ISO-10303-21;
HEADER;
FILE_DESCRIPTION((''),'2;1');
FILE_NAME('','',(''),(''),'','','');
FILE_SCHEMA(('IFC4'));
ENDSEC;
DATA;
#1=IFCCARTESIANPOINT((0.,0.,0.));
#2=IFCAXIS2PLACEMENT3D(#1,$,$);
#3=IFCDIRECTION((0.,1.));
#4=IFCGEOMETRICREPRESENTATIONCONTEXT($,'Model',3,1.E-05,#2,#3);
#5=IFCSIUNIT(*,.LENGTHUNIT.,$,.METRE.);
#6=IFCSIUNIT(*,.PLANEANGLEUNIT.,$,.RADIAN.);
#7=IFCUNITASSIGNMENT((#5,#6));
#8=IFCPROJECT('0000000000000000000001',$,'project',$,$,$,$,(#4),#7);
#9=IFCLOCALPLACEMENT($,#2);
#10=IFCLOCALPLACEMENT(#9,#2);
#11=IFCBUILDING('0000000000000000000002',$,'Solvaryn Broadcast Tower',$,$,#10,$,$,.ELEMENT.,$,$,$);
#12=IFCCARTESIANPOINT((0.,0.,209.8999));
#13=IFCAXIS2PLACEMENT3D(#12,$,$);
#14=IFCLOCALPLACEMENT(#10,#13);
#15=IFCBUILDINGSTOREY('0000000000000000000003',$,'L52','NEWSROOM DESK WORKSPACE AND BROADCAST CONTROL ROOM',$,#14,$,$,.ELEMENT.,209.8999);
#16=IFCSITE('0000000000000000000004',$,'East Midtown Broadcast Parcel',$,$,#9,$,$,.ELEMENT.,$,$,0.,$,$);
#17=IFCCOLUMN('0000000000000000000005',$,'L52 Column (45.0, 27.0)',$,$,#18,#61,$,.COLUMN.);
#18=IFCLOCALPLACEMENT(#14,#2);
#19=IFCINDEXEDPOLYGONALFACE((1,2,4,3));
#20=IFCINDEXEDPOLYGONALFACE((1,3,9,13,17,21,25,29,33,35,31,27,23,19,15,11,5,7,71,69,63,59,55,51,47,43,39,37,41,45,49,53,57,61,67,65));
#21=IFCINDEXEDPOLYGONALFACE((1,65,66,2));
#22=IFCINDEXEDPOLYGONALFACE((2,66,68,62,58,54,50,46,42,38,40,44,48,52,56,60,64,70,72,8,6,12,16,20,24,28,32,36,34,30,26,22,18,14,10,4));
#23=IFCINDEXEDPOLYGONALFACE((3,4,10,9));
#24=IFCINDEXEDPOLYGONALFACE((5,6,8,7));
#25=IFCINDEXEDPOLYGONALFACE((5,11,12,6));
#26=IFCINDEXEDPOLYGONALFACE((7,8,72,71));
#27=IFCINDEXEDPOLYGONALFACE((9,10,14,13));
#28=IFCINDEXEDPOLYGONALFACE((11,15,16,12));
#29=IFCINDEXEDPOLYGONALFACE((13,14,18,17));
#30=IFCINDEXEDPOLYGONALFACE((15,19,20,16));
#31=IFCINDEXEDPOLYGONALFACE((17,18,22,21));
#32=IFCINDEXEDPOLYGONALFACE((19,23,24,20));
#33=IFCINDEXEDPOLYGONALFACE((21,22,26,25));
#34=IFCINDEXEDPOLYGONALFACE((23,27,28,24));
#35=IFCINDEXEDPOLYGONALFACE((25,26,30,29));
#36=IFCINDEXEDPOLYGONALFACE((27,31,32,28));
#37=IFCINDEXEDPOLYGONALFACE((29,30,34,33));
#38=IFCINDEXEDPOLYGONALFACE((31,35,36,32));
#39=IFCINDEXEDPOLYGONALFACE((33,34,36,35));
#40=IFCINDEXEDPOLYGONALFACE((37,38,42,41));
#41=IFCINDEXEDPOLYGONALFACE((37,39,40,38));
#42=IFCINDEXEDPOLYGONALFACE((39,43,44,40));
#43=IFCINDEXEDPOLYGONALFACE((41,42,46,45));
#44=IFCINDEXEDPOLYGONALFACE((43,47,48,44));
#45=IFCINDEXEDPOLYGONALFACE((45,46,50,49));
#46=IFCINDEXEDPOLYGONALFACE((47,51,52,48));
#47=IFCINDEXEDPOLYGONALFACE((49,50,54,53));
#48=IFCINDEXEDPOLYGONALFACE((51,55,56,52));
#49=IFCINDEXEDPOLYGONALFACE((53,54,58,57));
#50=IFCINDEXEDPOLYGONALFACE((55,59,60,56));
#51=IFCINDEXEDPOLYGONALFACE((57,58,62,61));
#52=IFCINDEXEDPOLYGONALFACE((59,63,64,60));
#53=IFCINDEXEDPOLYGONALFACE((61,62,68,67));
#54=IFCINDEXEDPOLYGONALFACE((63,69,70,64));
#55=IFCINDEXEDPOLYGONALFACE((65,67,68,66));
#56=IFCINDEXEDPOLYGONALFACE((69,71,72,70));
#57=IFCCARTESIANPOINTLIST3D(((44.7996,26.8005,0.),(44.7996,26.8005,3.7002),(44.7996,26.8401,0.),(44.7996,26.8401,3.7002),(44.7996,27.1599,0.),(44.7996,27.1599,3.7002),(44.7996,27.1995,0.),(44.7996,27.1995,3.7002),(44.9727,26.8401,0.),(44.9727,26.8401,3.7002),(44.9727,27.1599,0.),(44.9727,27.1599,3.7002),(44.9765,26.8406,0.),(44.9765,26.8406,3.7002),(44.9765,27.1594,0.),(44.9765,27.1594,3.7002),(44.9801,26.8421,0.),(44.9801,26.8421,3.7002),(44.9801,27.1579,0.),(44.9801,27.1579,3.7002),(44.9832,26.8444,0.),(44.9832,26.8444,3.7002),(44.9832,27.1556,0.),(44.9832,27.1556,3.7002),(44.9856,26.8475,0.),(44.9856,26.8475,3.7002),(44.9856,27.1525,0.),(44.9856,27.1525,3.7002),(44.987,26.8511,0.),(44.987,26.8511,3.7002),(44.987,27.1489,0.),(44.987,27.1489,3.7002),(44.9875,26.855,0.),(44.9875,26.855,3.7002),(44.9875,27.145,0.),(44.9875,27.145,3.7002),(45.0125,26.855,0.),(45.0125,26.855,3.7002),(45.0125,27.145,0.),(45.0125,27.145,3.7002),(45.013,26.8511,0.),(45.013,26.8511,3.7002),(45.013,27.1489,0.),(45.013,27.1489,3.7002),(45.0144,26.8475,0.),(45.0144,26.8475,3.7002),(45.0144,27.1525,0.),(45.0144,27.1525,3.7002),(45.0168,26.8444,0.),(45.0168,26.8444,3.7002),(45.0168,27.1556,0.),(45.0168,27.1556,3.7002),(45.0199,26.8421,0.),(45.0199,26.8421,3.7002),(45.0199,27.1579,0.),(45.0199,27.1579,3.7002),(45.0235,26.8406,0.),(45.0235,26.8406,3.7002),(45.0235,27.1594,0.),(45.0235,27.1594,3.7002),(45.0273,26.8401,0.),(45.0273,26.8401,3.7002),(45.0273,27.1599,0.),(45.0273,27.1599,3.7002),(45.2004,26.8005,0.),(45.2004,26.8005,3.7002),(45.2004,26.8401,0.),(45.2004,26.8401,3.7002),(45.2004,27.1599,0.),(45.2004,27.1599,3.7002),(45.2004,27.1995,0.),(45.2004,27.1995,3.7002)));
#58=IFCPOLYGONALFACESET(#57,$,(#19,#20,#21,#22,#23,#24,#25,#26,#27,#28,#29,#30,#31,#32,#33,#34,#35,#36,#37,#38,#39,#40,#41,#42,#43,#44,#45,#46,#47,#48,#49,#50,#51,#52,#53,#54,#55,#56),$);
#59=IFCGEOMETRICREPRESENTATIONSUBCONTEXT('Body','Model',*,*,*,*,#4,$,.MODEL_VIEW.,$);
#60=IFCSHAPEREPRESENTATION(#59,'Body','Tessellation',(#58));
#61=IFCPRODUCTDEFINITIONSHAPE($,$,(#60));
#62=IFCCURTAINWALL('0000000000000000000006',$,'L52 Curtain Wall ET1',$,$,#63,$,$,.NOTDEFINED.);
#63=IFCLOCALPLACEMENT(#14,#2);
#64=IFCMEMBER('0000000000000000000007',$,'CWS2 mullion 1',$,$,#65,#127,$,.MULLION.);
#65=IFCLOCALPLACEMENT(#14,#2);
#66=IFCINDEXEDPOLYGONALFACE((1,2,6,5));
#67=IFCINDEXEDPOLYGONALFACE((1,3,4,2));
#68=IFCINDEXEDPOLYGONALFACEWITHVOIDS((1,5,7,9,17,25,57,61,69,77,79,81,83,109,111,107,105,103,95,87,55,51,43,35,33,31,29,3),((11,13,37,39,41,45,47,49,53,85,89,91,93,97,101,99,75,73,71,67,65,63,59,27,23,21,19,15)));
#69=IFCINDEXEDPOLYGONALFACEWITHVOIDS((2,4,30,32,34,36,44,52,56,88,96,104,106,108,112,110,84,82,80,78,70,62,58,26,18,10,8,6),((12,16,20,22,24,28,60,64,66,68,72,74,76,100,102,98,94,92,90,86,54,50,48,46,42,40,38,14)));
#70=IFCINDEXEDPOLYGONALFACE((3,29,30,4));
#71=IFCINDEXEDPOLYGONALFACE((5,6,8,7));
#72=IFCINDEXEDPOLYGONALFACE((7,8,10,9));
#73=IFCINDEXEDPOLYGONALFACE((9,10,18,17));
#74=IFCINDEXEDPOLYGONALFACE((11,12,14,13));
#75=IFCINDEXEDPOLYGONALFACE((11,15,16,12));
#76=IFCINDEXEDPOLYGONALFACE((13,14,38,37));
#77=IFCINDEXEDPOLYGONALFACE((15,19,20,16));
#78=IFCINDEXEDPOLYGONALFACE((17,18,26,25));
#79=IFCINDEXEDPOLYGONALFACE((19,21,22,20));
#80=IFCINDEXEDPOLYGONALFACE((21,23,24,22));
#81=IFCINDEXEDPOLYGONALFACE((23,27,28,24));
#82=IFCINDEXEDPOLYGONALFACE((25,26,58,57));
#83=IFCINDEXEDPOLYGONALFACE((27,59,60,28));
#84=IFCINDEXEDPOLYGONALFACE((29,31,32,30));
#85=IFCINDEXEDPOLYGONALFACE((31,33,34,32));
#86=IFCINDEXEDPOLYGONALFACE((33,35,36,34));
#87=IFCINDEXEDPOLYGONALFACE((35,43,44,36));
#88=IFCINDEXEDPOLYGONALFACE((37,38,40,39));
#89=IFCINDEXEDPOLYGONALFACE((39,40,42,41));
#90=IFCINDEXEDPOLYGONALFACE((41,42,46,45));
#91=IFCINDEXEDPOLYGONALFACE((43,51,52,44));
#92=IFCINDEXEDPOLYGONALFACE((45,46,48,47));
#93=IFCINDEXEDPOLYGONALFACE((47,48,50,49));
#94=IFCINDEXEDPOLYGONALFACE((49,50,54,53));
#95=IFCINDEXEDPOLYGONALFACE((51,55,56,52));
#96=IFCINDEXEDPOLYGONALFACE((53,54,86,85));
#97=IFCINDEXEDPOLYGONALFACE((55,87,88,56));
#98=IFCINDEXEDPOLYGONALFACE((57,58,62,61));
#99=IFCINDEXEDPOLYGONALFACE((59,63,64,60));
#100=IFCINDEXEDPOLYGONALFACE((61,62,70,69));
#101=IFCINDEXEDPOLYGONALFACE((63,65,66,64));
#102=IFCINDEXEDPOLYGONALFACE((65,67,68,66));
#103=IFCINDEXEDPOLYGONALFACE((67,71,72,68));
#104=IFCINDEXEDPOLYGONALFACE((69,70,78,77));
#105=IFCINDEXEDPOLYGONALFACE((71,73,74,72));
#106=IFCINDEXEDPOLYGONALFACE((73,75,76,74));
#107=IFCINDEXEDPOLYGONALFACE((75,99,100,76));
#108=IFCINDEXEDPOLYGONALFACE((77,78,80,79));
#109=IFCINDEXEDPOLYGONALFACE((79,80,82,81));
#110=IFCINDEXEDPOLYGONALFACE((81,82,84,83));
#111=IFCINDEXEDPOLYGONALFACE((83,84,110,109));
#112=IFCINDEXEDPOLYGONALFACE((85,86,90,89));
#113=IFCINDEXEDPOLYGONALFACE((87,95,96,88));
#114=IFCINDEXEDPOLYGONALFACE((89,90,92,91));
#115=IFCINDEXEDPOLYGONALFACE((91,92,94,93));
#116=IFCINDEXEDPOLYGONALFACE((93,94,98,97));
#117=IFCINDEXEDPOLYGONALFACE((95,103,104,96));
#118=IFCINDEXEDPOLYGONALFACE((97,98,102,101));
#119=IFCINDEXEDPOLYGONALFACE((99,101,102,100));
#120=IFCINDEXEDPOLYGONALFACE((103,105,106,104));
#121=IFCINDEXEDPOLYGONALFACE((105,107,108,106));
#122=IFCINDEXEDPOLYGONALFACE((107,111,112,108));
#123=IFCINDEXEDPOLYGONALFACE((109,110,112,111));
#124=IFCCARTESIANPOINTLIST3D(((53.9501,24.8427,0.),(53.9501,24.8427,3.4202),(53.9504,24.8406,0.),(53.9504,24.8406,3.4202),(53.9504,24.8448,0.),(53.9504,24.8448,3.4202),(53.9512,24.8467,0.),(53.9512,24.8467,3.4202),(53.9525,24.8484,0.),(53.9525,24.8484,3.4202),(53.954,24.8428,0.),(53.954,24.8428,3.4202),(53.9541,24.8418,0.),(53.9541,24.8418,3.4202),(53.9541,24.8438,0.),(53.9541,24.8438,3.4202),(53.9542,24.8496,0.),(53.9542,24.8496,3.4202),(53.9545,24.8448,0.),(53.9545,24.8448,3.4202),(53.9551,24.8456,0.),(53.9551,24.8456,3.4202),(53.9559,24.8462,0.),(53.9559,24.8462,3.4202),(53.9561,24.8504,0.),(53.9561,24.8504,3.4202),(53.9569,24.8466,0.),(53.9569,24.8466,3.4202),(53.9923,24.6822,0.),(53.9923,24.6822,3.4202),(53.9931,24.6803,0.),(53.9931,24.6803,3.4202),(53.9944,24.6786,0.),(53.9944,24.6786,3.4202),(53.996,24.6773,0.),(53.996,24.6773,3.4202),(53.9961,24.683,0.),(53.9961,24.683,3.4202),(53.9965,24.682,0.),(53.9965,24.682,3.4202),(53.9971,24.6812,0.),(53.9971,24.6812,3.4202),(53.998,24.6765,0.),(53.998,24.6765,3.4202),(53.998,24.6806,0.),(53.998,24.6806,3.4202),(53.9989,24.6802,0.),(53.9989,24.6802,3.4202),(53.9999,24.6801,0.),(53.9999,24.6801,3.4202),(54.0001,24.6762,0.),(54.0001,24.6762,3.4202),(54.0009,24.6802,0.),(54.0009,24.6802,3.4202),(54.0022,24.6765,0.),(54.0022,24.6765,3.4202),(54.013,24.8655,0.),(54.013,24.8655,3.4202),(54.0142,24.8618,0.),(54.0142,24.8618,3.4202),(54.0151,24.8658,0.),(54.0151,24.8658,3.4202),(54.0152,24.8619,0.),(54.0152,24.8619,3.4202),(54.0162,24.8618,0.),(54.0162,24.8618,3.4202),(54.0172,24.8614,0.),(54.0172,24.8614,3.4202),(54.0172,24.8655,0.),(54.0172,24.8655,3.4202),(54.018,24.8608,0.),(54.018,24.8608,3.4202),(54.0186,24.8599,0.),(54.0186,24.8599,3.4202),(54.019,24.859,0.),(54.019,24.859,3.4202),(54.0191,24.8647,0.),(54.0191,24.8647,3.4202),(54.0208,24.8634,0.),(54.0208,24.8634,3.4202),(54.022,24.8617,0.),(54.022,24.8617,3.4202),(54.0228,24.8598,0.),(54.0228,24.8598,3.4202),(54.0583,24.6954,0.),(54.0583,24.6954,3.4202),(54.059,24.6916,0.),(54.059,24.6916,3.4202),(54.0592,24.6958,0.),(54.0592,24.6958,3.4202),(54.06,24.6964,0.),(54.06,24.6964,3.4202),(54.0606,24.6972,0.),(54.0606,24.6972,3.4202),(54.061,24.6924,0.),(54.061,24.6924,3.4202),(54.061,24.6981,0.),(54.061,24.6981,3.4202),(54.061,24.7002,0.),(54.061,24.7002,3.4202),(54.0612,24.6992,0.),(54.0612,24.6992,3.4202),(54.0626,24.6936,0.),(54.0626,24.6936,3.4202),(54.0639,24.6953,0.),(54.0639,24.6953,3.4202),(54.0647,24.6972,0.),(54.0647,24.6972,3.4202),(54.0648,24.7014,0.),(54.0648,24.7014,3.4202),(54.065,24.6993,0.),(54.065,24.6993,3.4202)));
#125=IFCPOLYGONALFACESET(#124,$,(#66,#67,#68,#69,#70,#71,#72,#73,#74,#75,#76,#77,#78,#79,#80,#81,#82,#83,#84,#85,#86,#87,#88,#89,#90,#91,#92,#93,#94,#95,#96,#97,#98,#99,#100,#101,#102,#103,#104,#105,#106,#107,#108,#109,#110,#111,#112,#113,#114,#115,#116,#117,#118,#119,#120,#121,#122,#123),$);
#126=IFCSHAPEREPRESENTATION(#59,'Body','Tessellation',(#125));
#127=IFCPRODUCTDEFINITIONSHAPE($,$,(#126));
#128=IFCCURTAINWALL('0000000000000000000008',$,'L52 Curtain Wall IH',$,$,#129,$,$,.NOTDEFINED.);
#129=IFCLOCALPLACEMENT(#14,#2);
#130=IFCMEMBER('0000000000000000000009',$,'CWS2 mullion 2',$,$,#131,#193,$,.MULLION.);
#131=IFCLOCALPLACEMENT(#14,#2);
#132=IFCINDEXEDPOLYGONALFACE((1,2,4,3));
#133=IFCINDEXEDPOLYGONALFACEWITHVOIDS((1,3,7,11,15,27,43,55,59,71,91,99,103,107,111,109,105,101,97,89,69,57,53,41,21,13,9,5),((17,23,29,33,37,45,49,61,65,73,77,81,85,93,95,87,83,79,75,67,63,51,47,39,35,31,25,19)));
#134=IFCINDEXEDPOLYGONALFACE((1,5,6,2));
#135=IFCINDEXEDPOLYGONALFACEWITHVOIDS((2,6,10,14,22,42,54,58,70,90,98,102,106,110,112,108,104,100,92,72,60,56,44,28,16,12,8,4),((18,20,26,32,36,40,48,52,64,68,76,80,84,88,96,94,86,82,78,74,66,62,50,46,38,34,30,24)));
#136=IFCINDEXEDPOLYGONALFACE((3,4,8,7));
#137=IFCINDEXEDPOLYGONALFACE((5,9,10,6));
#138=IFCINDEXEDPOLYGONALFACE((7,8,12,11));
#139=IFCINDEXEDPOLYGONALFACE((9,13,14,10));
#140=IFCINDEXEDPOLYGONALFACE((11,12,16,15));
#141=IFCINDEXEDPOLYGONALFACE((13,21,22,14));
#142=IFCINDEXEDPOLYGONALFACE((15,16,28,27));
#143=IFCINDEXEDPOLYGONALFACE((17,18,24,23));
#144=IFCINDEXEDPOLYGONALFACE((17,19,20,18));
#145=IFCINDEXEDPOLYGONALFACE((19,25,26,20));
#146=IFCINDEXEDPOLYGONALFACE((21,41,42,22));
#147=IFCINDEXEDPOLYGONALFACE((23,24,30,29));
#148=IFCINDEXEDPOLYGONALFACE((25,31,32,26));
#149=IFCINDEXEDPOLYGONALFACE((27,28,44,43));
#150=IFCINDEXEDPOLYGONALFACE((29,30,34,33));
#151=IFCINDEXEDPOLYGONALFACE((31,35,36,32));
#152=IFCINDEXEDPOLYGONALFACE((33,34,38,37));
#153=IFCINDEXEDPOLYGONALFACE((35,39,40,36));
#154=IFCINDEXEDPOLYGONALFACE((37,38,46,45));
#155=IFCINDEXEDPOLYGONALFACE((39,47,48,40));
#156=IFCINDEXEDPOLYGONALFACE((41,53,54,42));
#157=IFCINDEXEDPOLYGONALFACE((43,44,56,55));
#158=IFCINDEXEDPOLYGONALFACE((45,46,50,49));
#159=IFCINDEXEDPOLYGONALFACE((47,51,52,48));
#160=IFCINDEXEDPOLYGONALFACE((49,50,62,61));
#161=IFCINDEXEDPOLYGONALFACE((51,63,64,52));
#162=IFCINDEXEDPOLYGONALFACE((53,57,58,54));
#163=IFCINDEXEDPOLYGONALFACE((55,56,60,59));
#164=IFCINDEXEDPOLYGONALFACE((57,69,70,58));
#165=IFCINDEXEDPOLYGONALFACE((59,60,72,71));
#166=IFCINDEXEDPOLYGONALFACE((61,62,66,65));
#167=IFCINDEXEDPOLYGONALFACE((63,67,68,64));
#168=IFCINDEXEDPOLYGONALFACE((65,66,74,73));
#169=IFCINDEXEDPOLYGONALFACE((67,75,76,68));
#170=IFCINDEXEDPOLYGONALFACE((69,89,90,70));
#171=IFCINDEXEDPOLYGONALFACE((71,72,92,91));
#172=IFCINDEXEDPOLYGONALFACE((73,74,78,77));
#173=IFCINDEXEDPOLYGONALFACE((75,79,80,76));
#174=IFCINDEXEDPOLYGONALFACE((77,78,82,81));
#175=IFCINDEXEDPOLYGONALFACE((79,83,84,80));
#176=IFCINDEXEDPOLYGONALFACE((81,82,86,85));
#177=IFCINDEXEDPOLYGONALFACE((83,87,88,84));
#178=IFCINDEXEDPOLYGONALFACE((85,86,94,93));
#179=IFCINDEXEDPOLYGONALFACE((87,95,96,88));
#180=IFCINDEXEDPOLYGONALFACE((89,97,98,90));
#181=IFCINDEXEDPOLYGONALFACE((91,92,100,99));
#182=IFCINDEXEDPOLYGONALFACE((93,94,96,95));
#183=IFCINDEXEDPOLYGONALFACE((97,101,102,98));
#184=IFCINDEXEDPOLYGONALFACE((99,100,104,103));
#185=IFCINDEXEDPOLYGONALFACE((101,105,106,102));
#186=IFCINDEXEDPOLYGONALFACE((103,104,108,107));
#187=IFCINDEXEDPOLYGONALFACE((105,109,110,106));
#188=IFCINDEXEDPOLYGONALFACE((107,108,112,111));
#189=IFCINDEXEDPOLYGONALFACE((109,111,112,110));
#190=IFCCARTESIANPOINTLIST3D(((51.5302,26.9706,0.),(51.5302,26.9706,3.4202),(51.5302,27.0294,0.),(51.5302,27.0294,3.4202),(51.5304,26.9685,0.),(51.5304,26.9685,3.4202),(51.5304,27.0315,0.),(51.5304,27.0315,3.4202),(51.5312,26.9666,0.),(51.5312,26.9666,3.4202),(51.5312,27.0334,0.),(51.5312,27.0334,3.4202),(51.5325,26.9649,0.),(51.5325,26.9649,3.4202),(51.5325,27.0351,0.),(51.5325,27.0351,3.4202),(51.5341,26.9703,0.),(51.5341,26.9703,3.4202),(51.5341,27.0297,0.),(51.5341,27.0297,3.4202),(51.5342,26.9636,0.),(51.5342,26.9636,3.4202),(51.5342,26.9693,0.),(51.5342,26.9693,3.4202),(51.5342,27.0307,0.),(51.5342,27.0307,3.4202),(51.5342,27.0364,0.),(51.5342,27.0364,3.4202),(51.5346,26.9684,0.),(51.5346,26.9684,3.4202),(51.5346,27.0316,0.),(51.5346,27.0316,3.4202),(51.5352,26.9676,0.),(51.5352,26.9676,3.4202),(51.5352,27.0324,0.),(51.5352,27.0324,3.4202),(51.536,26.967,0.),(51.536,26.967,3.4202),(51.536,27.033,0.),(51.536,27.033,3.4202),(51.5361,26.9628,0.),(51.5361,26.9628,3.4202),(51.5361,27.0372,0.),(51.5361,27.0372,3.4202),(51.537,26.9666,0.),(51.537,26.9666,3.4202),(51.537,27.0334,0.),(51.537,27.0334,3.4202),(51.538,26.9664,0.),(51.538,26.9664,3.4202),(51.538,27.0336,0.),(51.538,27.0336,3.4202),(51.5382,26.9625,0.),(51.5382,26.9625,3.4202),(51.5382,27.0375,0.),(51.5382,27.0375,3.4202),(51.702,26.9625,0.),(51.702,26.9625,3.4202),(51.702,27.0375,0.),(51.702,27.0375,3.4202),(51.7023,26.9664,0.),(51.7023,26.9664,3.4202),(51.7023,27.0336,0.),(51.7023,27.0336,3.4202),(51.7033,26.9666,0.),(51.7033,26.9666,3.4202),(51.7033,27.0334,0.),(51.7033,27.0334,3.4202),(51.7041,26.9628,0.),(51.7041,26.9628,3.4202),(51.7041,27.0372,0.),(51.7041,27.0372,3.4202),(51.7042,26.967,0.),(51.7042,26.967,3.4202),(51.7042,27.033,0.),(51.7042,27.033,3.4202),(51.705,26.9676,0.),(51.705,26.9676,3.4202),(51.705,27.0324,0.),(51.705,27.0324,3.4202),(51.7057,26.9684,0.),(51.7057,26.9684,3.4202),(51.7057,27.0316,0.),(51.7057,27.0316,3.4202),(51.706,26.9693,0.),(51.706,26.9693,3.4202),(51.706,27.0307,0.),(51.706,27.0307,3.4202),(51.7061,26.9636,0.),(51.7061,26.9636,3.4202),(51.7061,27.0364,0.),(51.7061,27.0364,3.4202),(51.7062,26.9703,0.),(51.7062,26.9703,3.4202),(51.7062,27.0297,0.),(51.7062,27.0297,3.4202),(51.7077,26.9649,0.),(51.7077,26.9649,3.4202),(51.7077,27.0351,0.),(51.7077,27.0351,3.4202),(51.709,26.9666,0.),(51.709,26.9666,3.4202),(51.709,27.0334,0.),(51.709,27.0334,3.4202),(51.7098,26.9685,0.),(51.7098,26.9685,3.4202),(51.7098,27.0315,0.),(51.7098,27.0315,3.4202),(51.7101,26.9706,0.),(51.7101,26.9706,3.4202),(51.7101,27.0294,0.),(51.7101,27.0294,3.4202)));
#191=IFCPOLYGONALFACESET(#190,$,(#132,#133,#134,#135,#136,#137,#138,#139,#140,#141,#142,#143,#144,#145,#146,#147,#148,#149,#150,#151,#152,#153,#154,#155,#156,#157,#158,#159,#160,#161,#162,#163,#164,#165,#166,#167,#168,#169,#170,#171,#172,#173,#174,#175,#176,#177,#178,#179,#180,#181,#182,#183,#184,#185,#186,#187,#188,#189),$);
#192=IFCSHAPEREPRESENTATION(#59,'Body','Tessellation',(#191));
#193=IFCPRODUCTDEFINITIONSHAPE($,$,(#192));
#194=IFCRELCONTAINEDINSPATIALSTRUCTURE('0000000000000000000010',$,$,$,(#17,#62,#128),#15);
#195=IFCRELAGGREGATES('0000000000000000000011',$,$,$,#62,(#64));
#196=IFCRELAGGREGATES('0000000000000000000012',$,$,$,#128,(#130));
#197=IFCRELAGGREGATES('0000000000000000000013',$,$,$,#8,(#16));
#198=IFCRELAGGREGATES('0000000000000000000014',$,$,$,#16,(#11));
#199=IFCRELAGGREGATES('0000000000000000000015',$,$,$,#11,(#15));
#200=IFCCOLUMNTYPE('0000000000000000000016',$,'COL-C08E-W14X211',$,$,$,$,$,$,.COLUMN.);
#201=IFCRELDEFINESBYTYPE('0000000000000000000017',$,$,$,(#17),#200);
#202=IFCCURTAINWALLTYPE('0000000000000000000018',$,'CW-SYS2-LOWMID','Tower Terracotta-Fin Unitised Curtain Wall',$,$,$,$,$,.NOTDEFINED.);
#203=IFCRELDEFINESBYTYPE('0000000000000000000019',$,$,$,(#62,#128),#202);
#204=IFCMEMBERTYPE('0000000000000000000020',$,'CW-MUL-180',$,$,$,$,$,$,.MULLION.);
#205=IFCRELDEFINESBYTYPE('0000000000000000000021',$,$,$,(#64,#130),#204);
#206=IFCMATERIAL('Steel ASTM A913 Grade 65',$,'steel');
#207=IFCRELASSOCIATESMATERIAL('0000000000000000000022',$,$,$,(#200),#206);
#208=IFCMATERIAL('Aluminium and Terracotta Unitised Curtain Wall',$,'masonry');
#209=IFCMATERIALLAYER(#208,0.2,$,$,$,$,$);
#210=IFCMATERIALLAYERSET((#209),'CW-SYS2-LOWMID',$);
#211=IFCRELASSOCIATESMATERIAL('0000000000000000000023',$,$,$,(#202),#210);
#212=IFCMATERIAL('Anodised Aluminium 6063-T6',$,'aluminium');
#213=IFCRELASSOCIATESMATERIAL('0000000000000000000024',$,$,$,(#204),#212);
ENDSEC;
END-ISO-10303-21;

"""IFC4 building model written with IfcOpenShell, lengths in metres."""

from ifc_helpers import new_model, si_unit, direction, frame, origin, origin_2d, place, context, subcontext, project, spatial, hollow_rectangle, i_section, extrude, material, layer, layer_set, material_profile, profile_set, type_object, element, aggregate, save


model = new_model("IFC4")

# Units and contexts
model_context = context("Model", 3, precision=1e-05, world=origin(), true_north=direction((0.0, 1.0)))
body_context = subcontext(model_context, "Body", "Model", "MODEL_VIEW")
ifc_project = project(units=[si_unit("LENGTHUNIT", "METRE"), si_unit("PLANEANGLEUNIT", "RADIAN")], contexts=[model_context])

# Site, building, storey
site_placement = place(None, origin())
site = spatial("IfcSite", under=ifc_project, at=site_placement, Name="East Midtown Broadcast Parcel", CompositionType="ELEMENT", RefElevation=0.0)
building_placement = place(site_placement, origin())
building = spatial("IfcBuilding", under=site, at=building_placement, Name="Solvaryn Broadcast Tower", CompositionType="ELEMENT")
storey_placement = place(building_placement, frame((0.0, 0.0, 209.8999)))
storey = spatial("IfcBuildingStorey", under=building, at=storey_placement, Name="L52", Description="NEWSROOM DESK WORKSPACE AND BROADCAST CONTROL ROOM", CompositionType="ELEMENT", Elevation=209.8999)

# Column
ifc_material_1 = material(Name="Steel ASTM A913 Grade 65", Category="steel")
ifc_material_profile_1 = material_profile(ifc_material_1, i_section(OverallWidth=0.4009, OverallDepth=0.3989, WebThickness=0.0249, FlangeThickness=0.0396, FilletRadius=0.0149, at=origin_2d()))
ifc_profile_set_1 = profile_set([ifc_material_profile_1], Name="Steel ASTM A913 Grade 65")
column_type = type_object("IfcColumnType", Name="COL-C08E-W14X211", PredefinedType="COLUMN", material=ifc_profile_set_1)
column_placement = place(storey_placement, frame((45.0, 27.0, 0.0), z_axis=(0.0, 0.0, 1.0), x_axis=(1.0, 0.0, 0.0)))
element("IfcColumn", 1, at=column_placement, inside=storey, type_object=column_type, Name="L52 Column (45.0, 27.0)", PredefinedType="COLUMN", context=body_context, shape_type="SweptSolid", body=[
    extrude(i_section(OverallWidth=0.4009, OverallDepth=0.3989, WebThickness=0.0249, FlangeThickness=0.0396, FilletRadius=0.0149, at=origin_2d()), origin(), (0.0, 0.0, 1.0), 3.7002),
])

# Curtain walls, members
ifc_material_2 = material(Name="Aluminium and Terracotta Unitised Curtain Wall", Category="masonry")
ifc_layer_1 = layer(ifc_material_2, 0.2)
ifc_layer_set_1 = layer_set([ifc_layer_1], Name="CW-SYS2-LOWMID")
curtain_wall_type = type_object("IfcCurtainWallType", Name="CW-SYS2-LOWMID", Description="Tower Terracotta-Fin Unitised Curtain Wall", PredefinedType="NOTDEFINED", material=ifc_layer_set_1)
curtain_wall_1_placement = place(storey_placement, origin())
curtain_wall_1 = element("IfcCurtainWall", 2, at=curtain_wall_1_placement, inside=storey, type_object=curtain_wall_type, Name="L52 Curtain Wall ET1", PredefinedType="NOTDEFINED")
ifc_material_3 = material(Name="Anodised Aluminium 6063-T6", Category="aluminium")
ifc_material_profile_2 = material_profile(ifc_material_3, hollow_rectangle(XDim=0.075, YDim=0.1799, WallThickness=0.0039, InnerFilletRadius=0.0039, OuterFilletRadius=0.0081, at=origin_2d()))
ifc_profile_set_2 = profile_set([ifc_material_profile_2], Name="Anodised Aluminium 6063-T6")
member_type_1 = type_object("IfcMemberType", Name="CW-MUL-180", PredefinedType="MULLION", material=ifc_profile_set_2)
member_1_placement = place(storey_placement, frame((54.0076, 24.771, 0.0), z_axis=(0.0, 0.0, 1.0), x_axis=(0.966705, 0.255893, 0.0)))
member_1 = element("IfcMember", 3, at=member_1_placement, type_object=member_type_1, Name="CWS2 mullion 1", PredefinedType="MULLION", context=body_context, shape_type="SweptSolid", body=[
    extrude(hollow_rectangle(XDim=0.075, YDim=0.1799, WallThickness=0.0039, InnerFilletRadius=0.0039, OuterFilletRadius=0.0081, at=origin_2d()), origin(), (0.0, 0.0, 1.0), 3.4202),
])
curtain_wall_2_placement = place(storey_placement, origin())
curtain_wall_2 = element("IfcCurtainWall", 4, at=curtain_wall_2_placement, inside=storey, type_object=curtain_wall_type, Name="L52 Curtain Wall IH", PredefinedType="NOTDEFINED")
member_2_placement = place(storey_placement, frame((51.6201, 27.0, 0.0), z_axis=(0.0, 0.0, 1.0), x_axis=(0.0, 1.0, 0.0)))
member_2 = element("IfcMember", 5, at=member_2_placement, type_object=member_type_1, Name="CWS2 mullion 2", PredefinedType="MULLION", context=body_context, shape_type="SweptSolid", body=[
    extrude(hollow_rectangle(XDim=0.075, YDim=0.1799, WallThickness=0.0039, InnerFilletRadius=0.0039, OuterFilletRadius=0.0081, at=origin_2d()), origin(), (0.0, 0.0, 1.0), 3.4202),
])

aggregate(curtain_wall_1, [member_1])
aggregate(curtain_wall_2, [member_2])

save(model, "model.ifc")
